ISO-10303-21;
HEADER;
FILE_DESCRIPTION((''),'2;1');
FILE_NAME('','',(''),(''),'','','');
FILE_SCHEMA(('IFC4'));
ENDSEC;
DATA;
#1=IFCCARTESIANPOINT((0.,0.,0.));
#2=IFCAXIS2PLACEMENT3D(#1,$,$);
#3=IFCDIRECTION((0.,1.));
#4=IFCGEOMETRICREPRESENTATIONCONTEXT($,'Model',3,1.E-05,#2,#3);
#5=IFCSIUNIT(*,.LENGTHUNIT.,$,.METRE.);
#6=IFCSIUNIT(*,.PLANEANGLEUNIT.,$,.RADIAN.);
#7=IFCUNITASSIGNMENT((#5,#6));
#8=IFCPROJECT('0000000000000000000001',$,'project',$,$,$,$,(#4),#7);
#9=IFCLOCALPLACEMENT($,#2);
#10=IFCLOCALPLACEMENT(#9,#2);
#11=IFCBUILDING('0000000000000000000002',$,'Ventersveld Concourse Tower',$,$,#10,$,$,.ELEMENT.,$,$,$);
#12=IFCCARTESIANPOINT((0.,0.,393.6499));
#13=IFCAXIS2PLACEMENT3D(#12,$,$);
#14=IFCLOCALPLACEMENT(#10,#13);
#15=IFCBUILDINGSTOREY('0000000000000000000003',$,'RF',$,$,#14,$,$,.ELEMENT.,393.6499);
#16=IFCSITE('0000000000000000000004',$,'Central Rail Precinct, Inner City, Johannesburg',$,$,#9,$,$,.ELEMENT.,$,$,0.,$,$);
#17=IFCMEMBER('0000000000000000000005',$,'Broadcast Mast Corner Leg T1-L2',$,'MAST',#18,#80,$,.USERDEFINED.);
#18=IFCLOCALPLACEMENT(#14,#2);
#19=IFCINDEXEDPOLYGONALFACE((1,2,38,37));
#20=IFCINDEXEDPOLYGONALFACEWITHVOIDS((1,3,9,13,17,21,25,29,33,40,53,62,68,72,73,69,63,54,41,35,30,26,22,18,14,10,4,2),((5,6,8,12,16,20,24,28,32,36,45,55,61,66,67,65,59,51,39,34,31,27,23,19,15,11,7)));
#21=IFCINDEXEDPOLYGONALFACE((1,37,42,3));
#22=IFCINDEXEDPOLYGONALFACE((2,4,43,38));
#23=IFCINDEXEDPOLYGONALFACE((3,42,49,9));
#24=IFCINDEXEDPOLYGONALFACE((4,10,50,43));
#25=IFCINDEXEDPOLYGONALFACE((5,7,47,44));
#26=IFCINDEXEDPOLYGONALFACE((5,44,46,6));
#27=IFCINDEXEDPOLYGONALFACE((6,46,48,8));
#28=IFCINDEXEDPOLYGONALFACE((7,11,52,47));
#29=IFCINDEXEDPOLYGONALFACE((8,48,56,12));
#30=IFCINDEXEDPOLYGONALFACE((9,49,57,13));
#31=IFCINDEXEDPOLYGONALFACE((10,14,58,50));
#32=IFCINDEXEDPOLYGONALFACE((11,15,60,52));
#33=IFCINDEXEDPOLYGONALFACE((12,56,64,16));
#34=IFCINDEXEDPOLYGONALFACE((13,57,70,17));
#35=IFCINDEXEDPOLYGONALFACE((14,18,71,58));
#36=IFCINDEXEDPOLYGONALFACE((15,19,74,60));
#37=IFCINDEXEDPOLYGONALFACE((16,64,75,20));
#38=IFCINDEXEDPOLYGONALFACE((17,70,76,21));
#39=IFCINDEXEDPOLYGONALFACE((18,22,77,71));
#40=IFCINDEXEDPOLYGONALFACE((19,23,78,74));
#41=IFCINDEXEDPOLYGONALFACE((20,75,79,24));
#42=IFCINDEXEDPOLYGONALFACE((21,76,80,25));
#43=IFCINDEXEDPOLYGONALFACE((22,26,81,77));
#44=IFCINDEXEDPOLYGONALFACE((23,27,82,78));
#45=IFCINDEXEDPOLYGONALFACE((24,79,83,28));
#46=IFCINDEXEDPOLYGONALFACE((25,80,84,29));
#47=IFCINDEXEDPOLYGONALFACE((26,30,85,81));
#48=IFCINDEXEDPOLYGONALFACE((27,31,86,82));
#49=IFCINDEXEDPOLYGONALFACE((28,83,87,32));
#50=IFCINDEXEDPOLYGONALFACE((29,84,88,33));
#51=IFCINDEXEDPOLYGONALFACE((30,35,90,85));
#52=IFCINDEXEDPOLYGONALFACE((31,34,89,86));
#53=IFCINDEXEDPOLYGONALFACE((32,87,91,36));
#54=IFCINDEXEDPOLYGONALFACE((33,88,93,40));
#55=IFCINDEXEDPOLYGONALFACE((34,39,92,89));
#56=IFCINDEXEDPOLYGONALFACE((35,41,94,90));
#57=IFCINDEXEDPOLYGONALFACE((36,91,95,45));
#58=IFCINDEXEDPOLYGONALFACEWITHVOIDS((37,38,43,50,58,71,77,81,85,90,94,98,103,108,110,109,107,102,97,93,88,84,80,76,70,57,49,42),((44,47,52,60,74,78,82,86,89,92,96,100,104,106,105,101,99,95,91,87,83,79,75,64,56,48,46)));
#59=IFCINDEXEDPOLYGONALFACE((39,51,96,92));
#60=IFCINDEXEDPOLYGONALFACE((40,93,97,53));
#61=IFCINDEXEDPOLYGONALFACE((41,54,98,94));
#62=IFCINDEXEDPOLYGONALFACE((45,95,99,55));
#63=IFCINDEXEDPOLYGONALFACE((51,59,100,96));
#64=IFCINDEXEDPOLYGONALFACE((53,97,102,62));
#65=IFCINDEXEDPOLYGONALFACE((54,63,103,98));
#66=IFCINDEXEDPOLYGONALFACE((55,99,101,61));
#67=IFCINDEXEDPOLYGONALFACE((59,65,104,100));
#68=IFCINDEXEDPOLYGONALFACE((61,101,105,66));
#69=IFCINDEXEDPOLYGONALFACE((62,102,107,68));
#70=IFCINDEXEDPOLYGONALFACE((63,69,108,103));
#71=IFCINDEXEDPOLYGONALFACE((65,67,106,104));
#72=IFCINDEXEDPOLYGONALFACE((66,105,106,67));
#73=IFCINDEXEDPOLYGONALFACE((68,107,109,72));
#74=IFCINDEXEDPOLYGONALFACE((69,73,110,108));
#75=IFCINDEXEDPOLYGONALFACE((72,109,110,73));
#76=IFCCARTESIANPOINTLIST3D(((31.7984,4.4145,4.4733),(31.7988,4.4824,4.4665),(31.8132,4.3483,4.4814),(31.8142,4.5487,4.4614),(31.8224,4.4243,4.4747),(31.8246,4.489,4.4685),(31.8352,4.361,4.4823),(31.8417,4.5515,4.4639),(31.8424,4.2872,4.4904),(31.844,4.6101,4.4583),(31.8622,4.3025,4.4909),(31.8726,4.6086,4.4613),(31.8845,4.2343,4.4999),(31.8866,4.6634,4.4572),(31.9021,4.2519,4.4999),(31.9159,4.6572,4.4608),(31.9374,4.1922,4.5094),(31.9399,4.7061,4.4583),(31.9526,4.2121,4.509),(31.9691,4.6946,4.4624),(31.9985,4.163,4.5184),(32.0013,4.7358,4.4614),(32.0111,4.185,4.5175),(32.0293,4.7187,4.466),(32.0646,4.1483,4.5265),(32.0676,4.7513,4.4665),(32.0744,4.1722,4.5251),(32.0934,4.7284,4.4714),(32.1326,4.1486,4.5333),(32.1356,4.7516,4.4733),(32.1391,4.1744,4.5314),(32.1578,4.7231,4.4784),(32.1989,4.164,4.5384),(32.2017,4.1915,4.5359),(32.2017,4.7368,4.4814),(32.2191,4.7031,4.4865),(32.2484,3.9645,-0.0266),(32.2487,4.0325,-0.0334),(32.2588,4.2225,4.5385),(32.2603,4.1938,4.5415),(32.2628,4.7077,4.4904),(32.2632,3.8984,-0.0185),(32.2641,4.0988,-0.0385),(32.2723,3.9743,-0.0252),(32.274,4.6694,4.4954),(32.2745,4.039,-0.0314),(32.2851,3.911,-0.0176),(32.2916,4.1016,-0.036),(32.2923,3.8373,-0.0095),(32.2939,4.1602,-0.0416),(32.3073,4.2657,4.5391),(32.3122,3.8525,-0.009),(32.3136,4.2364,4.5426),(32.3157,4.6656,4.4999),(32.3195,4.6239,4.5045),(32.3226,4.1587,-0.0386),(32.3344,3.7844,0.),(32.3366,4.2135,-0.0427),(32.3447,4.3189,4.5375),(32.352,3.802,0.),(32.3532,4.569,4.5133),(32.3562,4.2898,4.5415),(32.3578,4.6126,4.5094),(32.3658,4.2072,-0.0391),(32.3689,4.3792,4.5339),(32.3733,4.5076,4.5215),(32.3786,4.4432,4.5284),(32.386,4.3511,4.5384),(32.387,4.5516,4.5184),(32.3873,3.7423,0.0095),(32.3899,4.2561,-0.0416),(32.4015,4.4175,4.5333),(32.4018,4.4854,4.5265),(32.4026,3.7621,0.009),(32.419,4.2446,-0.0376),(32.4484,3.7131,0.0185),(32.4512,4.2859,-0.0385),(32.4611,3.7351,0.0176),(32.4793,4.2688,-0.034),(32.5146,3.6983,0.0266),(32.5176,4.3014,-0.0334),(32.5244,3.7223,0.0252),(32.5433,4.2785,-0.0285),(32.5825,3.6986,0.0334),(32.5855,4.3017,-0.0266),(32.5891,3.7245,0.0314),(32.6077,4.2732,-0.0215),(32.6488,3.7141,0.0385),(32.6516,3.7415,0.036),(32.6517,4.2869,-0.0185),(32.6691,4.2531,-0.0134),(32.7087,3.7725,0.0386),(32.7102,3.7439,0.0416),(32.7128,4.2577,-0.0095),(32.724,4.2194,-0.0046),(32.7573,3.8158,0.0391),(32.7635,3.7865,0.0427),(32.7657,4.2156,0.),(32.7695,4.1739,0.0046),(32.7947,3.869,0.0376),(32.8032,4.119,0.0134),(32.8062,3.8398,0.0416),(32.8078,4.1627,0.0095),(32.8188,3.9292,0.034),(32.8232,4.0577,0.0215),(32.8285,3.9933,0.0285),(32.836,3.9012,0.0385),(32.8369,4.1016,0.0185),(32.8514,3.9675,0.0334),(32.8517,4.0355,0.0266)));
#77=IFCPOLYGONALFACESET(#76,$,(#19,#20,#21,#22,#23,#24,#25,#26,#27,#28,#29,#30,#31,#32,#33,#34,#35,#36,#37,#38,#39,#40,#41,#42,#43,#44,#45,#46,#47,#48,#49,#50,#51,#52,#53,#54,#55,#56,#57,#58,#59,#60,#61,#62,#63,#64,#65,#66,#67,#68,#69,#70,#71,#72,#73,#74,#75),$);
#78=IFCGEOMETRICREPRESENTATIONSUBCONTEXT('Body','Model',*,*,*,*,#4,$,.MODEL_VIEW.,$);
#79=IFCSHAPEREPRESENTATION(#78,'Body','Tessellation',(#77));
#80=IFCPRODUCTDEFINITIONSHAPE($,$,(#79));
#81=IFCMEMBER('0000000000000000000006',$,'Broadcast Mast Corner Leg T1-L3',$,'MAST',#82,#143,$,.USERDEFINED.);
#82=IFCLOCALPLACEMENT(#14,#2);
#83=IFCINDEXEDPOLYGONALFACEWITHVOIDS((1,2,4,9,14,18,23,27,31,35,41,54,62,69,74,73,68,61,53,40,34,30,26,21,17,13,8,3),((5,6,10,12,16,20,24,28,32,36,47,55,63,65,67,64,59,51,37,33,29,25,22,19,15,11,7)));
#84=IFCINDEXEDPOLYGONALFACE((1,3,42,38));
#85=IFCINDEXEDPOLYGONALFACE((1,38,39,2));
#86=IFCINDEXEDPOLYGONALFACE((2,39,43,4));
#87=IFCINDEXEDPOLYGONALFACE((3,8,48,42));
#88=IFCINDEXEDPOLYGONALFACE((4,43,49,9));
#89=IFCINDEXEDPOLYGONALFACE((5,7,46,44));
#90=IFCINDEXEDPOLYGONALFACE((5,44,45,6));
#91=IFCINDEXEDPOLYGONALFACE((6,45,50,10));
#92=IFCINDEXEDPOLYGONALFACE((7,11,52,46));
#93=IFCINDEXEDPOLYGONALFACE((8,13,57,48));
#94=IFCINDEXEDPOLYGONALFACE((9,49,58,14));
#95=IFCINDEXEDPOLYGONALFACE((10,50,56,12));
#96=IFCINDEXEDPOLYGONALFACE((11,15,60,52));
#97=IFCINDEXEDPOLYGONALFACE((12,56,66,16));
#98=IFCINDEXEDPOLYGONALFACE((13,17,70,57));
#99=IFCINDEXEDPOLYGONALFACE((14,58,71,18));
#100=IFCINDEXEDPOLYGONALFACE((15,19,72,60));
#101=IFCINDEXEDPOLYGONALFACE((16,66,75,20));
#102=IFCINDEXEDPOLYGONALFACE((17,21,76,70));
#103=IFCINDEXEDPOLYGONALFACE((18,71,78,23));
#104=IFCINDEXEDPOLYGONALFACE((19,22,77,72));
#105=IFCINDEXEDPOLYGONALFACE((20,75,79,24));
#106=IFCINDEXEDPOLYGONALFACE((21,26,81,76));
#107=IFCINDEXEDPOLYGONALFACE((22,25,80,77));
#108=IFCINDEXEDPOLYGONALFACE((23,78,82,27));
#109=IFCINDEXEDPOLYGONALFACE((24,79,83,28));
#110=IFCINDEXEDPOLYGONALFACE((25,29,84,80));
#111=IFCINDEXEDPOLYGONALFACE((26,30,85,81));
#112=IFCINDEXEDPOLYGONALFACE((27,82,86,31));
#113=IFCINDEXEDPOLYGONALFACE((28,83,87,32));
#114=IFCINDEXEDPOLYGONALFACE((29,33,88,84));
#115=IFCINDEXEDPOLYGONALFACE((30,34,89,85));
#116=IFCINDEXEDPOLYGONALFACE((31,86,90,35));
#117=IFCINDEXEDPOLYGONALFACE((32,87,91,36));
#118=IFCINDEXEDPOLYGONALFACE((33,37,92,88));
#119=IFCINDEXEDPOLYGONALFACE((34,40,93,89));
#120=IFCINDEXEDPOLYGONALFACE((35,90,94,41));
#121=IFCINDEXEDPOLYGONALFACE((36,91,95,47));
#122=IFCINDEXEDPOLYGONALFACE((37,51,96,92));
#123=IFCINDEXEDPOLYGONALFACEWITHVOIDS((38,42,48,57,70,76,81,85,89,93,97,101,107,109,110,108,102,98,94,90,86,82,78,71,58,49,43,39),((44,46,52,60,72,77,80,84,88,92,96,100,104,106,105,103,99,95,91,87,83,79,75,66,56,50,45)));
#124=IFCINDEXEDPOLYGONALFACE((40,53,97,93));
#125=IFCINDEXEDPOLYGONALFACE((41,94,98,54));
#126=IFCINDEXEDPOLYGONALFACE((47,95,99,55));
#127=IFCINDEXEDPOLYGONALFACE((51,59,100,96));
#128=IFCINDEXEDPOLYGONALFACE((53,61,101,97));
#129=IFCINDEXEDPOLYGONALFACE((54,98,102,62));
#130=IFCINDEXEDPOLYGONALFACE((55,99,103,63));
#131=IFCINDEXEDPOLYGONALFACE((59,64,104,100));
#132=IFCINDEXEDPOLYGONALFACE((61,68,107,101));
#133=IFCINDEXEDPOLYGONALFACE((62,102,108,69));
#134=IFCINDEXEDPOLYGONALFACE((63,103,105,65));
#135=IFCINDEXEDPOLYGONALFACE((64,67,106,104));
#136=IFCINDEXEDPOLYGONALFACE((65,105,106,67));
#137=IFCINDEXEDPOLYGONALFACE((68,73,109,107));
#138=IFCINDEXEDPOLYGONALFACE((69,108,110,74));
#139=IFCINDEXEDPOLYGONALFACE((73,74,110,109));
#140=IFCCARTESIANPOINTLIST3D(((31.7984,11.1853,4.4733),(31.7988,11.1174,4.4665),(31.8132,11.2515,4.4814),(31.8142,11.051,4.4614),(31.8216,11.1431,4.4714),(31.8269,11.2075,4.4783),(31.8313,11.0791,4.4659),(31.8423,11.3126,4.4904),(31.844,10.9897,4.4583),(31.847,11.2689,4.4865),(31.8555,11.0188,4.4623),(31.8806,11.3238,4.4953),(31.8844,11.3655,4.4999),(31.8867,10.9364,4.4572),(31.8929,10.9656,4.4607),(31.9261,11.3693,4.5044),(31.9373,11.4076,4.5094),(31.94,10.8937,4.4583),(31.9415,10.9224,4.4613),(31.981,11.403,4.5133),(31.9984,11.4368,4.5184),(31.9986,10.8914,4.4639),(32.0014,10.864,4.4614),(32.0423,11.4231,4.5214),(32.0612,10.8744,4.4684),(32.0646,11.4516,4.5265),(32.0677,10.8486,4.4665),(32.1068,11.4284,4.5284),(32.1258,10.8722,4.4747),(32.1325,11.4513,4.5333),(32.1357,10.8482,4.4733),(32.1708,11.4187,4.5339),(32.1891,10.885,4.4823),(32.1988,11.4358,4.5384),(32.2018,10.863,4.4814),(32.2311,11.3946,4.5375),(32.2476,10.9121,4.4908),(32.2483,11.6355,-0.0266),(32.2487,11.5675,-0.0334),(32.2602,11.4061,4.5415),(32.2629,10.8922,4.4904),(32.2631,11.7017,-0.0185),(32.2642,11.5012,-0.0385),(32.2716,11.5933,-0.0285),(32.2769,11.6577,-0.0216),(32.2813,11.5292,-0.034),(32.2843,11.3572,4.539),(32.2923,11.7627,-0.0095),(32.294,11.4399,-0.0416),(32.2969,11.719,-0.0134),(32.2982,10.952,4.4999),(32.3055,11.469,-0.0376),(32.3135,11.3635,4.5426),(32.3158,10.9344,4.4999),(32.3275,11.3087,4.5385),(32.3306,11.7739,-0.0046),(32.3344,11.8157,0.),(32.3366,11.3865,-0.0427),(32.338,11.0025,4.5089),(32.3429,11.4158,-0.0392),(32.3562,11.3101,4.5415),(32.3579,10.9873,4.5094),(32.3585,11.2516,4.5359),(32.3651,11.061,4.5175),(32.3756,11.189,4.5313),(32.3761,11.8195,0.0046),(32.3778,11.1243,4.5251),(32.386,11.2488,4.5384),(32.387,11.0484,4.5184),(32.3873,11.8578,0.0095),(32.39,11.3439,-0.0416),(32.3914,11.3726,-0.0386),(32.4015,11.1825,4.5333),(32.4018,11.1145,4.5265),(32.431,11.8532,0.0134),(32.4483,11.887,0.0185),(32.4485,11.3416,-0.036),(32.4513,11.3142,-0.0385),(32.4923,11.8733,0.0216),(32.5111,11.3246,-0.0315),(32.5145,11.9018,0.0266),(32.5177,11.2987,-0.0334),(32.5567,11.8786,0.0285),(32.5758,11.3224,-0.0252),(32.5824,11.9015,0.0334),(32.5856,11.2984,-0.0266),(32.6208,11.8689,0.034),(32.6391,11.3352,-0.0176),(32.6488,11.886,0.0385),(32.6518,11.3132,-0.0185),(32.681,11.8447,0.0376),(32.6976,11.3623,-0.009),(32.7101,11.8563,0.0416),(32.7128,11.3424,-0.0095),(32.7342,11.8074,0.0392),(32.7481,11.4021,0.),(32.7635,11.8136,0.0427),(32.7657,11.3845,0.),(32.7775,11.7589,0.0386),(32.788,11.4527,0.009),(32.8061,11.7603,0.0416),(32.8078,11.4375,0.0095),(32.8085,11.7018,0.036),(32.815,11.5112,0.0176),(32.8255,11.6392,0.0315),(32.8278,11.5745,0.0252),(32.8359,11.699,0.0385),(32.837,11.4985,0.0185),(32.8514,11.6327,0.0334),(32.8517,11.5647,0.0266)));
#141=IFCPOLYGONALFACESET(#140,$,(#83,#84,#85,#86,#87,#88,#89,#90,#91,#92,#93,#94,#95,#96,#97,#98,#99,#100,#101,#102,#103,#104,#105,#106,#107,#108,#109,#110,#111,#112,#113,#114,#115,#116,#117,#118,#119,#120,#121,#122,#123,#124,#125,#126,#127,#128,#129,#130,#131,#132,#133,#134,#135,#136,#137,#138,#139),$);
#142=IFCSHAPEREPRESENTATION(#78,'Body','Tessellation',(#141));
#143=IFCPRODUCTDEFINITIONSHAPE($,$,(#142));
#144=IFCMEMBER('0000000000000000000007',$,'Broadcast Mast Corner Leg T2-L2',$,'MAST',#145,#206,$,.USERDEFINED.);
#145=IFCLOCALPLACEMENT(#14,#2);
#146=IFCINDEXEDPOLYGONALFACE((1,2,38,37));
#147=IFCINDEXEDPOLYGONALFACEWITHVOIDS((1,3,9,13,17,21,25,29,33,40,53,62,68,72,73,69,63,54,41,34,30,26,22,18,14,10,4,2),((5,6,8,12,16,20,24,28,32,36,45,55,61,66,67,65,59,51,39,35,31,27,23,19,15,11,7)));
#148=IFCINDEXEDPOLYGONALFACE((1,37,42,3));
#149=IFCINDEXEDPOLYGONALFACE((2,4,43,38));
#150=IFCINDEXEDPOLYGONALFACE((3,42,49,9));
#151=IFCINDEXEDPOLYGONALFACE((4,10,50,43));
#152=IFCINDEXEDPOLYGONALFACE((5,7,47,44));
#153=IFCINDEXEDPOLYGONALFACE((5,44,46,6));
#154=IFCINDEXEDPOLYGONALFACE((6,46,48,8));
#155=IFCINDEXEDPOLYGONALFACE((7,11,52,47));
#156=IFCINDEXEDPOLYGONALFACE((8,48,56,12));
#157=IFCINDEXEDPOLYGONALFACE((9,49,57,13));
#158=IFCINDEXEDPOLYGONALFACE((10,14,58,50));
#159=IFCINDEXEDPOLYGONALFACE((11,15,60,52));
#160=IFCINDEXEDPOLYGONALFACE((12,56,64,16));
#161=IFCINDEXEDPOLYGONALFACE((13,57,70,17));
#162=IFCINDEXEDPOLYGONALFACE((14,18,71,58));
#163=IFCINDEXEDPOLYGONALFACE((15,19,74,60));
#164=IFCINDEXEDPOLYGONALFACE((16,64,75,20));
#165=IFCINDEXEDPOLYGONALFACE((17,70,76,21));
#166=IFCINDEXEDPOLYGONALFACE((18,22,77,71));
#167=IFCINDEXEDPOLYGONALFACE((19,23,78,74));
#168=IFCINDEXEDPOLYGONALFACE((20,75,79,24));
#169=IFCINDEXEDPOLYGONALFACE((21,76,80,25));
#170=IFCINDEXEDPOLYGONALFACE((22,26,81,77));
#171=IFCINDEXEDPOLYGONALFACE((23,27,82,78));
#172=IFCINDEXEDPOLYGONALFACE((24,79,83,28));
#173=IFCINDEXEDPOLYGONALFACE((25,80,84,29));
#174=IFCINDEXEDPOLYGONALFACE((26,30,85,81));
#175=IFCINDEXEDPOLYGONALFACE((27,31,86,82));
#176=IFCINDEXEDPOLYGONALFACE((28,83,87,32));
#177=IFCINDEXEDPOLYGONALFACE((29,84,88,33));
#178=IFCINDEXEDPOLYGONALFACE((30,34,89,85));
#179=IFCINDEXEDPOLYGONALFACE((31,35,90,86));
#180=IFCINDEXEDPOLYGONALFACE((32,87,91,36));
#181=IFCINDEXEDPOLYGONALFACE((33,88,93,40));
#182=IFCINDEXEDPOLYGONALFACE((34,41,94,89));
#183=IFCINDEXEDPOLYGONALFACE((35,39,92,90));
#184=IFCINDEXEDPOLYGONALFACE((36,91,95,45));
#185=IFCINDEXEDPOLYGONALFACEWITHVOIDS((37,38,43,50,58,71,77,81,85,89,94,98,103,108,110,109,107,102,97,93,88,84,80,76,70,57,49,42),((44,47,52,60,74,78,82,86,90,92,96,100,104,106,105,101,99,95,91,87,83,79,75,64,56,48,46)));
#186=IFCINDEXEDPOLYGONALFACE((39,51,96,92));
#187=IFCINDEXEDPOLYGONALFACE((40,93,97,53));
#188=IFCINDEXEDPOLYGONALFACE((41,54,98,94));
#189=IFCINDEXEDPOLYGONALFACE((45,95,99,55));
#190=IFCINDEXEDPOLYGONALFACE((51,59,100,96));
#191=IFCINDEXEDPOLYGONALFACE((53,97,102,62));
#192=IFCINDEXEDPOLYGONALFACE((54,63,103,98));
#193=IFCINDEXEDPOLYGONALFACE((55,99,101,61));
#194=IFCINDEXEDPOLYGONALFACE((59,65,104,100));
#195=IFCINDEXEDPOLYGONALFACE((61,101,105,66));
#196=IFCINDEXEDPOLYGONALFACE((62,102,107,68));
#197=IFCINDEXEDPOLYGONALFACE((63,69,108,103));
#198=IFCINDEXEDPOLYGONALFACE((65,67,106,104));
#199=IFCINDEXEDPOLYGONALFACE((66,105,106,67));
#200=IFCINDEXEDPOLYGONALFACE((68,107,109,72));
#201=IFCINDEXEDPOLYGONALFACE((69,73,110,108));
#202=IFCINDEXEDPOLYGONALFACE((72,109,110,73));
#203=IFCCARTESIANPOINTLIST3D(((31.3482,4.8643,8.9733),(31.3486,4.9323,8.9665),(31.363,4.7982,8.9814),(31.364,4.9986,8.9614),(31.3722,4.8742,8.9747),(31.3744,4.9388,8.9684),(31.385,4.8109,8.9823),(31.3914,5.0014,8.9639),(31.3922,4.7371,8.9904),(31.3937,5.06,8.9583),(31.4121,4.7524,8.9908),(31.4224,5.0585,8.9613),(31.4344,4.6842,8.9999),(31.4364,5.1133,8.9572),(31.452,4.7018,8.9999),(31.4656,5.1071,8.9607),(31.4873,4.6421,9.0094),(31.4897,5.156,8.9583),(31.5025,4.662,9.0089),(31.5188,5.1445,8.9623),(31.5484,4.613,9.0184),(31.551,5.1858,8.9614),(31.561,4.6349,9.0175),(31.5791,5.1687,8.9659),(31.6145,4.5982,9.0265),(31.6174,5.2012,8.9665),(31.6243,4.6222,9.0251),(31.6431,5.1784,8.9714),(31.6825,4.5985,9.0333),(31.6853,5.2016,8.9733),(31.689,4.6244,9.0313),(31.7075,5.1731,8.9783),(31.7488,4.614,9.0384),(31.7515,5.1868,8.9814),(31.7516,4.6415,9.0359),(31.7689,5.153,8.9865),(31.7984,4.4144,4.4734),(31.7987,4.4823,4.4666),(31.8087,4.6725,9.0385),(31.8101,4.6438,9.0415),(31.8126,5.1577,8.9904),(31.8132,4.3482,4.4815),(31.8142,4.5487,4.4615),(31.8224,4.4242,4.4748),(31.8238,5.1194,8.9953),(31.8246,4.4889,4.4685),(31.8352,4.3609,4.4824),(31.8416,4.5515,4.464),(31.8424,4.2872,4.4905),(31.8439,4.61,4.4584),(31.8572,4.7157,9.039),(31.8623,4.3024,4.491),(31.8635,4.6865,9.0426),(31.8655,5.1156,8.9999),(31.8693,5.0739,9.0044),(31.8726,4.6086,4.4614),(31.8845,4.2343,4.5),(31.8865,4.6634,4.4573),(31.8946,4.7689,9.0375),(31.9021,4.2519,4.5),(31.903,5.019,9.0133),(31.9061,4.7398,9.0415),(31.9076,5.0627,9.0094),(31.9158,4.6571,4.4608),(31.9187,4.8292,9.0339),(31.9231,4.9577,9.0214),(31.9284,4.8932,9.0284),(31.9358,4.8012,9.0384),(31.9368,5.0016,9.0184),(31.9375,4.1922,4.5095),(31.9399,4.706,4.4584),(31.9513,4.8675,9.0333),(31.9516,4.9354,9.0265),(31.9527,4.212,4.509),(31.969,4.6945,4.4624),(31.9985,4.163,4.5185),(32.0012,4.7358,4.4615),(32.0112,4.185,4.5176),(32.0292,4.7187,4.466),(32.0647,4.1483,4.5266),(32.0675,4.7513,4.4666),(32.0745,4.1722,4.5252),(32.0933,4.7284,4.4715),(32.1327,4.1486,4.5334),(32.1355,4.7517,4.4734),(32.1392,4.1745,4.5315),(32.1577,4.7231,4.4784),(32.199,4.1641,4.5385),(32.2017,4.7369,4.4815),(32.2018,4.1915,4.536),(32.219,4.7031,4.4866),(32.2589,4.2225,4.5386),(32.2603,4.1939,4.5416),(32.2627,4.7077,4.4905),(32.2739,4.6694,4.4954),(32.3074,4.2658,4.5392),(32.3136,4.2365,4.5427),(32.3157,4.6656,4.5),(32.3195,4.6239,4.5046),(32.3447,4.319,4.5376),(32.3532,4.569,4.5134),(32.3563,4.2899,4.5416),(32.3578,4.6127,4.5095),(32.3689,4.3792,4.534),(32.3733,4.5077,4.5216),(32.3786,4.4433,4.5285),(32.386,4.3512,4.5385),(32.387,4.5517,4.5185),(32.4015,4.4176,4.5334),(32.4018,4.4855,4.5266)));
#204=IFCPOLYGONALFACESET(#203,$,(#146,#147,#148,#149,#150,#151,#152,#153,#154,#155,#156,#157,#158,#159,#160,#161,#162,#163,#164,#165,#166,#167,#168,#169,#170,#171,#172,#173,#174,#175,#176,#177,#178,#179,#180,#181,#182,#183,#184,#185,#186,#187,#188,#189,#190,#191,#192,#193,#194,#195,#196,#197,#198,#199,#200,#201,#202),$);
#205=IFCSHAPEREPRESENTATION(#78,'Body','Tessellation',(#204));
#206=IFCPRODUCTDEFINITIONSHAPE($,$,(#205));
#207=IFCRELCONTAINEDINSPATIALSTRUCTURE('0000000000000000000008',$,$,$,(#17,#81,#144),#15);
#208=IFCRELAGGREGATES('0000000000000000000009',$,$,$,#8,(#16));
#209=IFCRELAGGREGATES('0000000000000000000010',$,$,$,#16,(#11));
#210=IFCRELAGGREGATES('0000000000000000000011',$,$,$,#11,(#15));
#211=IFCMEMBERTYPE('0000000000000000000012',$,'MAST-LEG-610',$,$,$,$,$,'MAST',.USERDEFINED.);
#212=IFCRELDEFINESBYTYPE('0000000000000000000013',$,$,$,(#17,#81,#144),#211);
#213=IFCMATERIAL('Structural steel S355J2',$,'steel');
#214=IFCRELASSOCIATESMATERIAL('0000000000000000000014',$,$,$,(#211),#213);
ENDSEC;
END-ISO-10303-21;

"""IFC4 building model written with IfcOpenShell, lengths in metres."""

from ifc_helpers import new_model, si_unit, direction, frame, origin, origin_2d, place, context, subcontext, project, spatial, hollow_circle, extrude, material, material_profile, profile_set, type_object, element, save


model = new_model("IFC4")

# Units and contexts
model_context = context("Model", 3, precision=1e-05, world=origin(), true_north=direction((0.0, 1.0)))
body_context = subcontext(model_context, "Body", "Model", "MODEL_VIEW")
ifc_project = project(units=[si_unit("LENGTHUNIT", "METRE"), si_unit("PLANEANGLEUNIT", "RADIAN")], contexts=[model_context])

# Site, building, storey
site_placement = place(None, origin())
site = spatial("IfcSite", under=ifc_project, at=site_placement, Name="Central Rail Precinct, Inner City, Johannesburg", CompositionType="ELEMENT", RefElevation=0.0)
building_placement = place(site_placement, origin())
building = spatial("IfcBuilding", under=site, at=building_placement, Name="Ventersveld Concourse Tower", CompositionType="ELEMENT")
storey_placement = place(building_placement, frame((0.0, 0.0, 393.6499)))
storey = spatial("IfcBuildingStorey", under=building, at=storey_placement, Name="RF", CompositionType="ELEMENT", Elevation=393.6499)

# Members
ifc_material_1 = material(Name="Structural steel S355J2", Category="steel")
ifc_material_profile_1 = material_profile(ifc_material_1, hollow_circle(Radius=0.3049, WallThickness=0.0249, at=origin_2d()), Name="CHS 610x25")
ifc_profile_set_1 = profile_set([ifc_material_profile_1], Name="Structural steel S355J2")
member_type_1 = type_object("IfcMemberType", Name="MAST-LEG-610", ElementType="MAST", PredefinedType="USERDEFINED", material=ifc_profile_set_1)
for number, where, z_axis, x_axis, name in (
    (1, (32.55, 4.0, 0.0), (-0.099004, 0.099004, 0.99015), (-0.707107, -0.707107, 0.0), "Broadcast Mast Corner Leg T1-L2"),
    (2, (32.55, 11.6001, 0.0), (-0.099004, -0.099057, 0.990144), (0.707299, -0.706915, 0.0), "Broadcast Mast Corner Leg T1-L3"),
    (3, (32.1001, 4.45, 4.5), (-0.099057, 0.099004, 0.990144), (-0.706915, -0.707299, 0.0), "Broadcast Mast Corner Leg T2-L2"),
):
    element("IfcMember", number, at=place(storey_placement, frame(where, z_axis=z_axis, x_axis=x_axis)), inside=storey, type_object=member_type_1, Name=name, ObjectType="MAST", PredefinedType="USERDEFINED", context=body_context, shape_type="SweptSolid", body=[
        extrude(hollow_circle(Radius=0.3049, WallThickness=0.0249, at=origin_2d()), origin(), (0.0, 0.0, 1.0), 4.5447),
    ])

save(model, "model.ifc")
